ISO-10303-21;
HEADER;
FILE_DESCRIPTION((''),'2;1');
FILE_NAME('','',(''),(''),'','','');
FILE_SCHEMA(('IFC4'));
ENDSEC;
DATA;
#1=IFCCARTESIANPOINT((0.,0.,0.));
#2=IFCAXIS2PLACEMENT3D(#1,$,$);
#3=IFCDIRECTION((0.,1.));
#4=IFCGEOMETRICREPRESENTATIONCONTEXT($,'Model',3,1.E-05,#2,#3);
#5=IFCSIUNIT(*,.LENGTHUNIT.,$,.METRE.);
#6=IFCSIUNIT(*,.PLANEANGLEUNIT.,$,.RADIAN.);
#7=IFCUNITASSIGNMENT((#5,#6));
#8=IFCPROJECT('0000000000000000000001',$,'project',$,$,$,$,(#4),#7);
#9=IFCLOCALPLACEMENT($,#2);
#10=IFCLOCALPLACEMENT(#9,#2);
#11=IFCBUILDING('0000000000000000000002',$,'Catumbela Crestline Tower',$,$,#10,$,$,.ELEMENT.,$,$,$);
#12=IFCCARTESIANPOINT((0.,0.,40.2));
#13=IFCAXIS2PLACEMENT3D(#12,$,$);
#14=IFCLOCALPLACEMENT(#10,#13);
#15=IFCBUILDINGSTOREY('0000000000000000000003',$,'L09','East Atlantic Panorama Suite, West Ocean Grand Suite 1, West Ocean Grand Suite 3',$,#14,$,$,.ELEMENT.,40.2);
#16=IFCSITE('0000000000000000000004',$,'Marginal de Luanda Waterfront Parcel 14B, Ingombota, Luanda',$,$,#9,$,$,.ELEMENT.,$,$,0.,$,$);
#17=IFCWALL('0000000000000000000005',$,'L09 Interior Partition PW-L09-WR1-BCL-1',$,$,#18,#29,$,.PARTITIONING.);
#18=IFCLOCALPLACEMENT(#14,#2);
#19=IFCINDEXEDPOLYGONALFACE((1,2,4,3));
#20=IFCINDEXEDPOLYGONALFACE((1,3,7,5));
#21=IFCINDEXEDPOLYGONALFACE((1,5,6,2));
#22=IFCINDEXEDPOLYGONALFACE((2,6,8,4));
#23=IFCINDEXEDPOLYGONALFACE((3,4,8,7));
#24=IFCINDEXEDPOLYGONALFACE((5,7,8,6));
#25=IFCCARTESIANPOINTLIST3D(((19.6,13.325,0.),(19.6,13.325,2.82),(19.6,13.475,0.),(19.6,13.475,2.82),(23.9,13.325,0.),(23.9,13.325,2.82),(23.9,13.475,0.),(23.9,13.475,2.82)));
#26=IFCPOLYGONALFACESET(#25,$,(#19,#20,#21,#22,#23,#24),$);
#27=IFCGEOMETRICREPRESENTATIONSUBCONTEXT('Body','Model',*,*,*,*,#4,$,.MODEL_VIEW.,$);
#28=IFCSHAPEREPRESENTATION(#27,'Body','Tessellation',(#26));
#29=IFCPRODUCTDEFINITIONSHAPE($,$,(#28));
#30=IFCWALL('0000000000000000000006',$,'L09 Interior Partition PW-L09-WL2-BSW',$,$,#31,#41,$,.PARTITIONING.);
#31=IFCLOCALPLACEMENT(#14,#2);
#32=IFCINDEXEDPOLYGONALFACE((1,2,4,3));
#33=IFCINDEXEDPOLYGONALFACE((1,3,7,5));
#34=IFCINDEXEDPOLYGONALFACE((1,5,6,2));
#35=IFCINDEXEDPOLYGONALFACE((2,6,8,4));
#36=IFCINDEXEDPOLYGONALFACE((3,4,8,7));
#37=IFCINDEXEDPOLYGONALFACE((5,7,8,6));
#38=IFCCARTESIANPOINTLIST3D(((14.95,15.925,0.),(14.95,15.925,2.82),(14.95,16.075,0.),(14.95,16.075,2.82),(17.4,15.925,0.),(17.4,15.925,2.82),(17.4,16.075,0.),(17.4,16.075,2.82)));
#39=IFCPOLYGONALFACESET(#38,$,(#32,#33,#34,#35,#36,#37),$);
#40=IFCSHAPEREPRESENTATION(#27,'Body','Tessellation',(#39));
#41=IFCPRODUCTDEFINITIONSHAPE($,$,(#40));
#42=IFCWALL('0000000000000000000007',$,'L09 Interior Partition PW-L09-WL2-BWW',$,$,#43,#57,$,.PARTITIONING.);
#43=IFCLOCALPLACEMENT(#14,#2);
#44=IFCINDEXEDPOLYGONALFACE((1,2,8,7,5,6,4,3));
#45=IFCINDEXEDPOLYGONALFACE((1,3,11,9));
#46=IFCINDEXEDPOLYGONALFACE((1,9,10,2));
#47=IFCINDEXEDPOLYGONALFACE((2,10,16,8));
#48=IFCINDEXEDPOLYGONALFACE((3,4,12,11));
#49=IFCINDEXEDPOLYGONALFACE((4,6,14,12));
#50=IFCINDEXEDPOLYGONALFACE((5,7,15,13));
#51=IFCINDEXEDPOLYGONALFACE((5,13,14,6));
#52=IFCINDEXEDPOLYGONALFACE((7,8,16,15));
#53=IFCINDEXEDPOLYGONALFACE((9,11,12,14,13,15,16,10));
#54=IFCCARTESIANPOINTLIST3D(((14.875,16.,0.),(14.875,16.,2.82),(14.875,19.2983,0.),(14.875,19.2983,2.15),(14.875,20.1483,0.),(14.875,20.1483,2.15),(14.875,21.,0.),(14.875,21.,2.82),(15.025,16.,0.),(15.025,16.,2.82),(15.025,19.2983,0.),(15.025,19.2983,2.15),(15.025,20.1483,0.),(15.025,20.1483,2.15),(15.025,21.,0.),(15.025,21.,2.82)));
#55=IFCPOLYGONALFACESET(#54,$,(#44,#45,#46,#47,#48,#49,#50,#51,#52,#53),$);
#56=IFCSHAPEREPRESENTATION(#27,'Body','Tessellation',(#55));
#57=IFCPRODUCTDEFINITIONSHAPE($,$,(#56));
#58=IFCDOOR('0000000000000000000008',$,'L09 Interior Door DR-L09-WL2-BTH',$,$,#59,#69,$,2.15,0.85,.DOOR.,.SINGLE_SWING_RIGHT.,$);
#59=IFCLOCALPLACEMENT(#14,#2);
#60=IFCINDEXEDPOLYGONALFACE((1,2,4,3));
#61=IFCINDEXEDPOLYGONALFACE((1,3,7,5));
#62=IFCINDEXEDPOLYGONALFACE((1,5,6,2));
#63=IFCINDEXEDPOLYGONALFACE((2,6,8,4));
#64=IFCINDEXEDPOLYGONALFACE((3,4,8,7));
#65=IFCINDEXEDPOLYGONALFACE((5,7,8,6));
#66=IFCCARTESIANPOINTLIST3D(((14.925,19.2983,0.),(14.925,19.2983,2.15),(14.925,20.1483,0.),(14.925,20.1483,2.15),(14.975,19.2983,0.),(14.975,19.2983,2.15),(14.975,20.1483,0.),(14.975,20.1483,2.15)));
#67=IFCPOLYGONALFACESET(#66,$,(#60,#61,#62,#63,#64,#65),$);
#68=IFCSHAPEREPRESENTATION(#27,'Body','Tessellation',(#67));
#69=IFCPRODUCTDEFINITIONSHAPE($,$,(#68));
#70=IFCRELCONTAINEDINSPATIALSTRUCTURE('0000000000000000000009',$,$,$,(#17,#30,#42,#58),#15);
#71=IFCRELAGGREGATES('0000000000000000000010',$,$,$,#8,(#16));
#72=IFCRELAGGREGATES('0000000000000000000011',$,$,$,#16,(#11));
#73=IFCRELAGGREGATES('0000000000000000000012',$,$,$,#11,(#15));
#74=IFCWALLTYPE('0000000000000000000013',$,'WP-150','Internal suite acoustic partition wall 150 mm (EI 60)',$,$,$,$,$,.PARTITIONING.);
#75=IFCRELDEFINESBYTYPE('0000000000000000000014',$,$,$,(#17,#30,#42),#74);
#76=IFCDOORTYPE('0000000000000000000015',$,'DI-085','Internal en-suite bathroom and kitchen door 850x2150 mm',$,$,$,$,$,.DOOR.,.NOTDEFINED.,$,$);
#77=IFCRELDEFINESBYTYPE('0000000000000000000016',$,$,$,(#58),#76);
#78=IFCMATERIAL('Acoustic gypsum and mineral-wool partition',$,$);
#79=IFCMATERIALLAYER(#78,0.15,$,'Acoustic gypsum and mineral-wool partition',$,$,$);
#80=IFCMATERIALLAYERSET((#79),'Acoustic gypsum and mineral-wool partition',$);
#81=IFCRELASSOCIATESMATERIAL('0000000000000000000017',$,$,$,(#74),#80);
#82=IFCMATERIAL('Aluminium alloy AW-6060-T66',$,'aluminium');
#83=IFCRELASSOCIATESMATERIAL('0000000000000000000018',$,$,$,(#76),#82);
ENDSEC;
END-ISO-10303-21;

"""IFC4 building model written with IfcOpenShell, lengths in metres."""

from ifc_helpers import new_model, si_unit, direction, frame, frame_2d, origin, place, context, subcontext, project, spatial, rectangle, extrude, material, layer, layer_set, type_object, element, fill, save


model = new_model("IFC4")

# Units and contexts
model_context = context("Model", 3, precision=1e-05, world=origin(), true_north=direction((0.0, 1.0)))
body_context = subcontext(model_context, "Body", "Model", "MODEL_VIEW")
ifc_project = project(units=[si_unit("LENGTHUNIT", "METRE"), si_unit("PLANEANGLEUNIT", "RADIAN")], contexts=[model_context])

# Site, building, storey
site_placement = place(None, origin())
site = spatial("IfcSite", under=ifc_project, at=site_placement, Name="Marginal de Luanda Waterfront Parcel 14B, Ingombota, Luanda", CompositionType="ELEMENT", RefElevation=0.0)
building_placement = place(site_placement, origin())
building = spatial("IfcBuilding", under=site, at=building_placement, Name="Catumbela Crestline Tower", CompositionType="ELEMENT")
storey_placement = place(building_placement, frame((0.0, 0.0, 40.2)))
storey = spatial("IfcBuildingStorey", under=building, at=storey_placement, Name="L09", Description="East Atlantic Panorama Suite, West Ocean Grand Suite 1, West Ocean Grand Suite 3", CompositionType="ELEMENT", Elevation=40.2)

# Shared definitions
ifc_material_1 = material(Name="Acoustic gypsum and mineral-wool partition")
ifc_layer = layer(ifc_material_1, 0.15, Name="Acoustic gypsum and mineral-wool partition")
ifc_layer_set = layer_set([ifc_layer], Name="Acoustic gypsum and mineral-wool partition")
wall_type = type_object("IfcWallType", Name="WP-150", Description="Internal suite acoustic partition wall 150 mm (EI 60)", PredefinedType="PARTITIONING", material=ifc_layer_set)

# Shared definitions
ifc_material_2 = material(Name="Aluminium alloy AW-6060-T66", Category="aluminium")
door_type = type_object("IfcDoorType", Name="DI-085", Description="Internal en-suite bathroom and kitchen door 850x2150 mm", OperationType="NOTDEFINED", PredefinedType="DOOR", material=ifc_material_2)

# Walls
wall_1_placement = place(storey_placement, frame((19.6, 13.4, 0.0), z_axis=(0.0, 0.0, 1.0), x_axis=(1.0, 0.0, 0.0)))
element("IfcWall", 1, at=wall_1_placement, inside=storey, type_object=wall_type, Name="L09 Interior Partition PW-L09-WR1-BCL-1", PredefinedType="PARTITIONING", context=body_context, shape_type="SweptSolid", body=[
    extrude(rectangle(XDim=4.3, YDim=0.15, at=frame_2d((2.15, 0.0))), origin(), (0.0, 0.0, 1.0), 2.82),
])
wall_2_placement = place(storey_placement, frame((14.95, 16.0, 0.0), z_axis=(0.0, 0.0, 1.0), x_axis=(1.0, 0.0, 0.0)))
element("IfcWall", 2, at=wall_2_placement, inside=storey, type_object=wall_type, Name="L09 Interior Partition PW-L09-WL2-BSW", PredefinedType="PARTITIONING", context=body_context, shape_type="SweptSolid", body=[
    extrude(rectangle(XDim=2.45, YDim=0.15, at=frame_2d((1.225, 0.0))), origin(), (0.0, 0.0, 1.0), 2.82),
])

# Wall, opening, door
wall_3_placement = place(storey_placement, frame((14.95, 16.0, 0.0), z_axis=(0.0, 0.0, 1.0), x_axis=(0.0, 1.0, 0.0)))
wall_3 = element("IfcWall", 3, at=wall_3_placement, inside=storey, type_object=wall_type, Name="L09 Interior Partition PW-L09-WL2-BWW", PredefinedType="PARTITIONING", context=body_context, shape_type="SweptSolid", body=[
    extrude(rectangle(XDim=5.0, YDim=0.15, at=frame_2d((2.5, 0.0))), origin(), (0.0, 0.0, 1.0), 2.82),
])
opening_1_placement = place(wall_3_placement, frame((3.2983, 0.0, 0.0)))
opening_1 = element("IfcOpeningElement", 4, at=opening_1_placement, cuts=wall_3, PredefinedType="OPENING", context=body_context, shape_type="SweptSolid", body=[
    extrude(rectangle(XDim=0.85, YDim=2.15, at=frame_2d((0.425, 1.075))), frame((0.0, 0.085, 0.0), z_axis=(0.0, -1.0, 0.0), x_axis=(1.0, 0.0, 0.0)), (0.0, 0.0, 1.0), 0.17),
])
door_1_placement = place(opening_1_placement, origin())
door_1 = element("IfcDoor", 5, at=door_1_placement, inside=storey, type_object=door_type, Name="L09 Interior Door DR-L09-WL2-BTH", OperationType="SINGLE_SWING_RIGHT", OverallHeight=2.15, OverallWidth=0.85, PredefinedType="DOOR", context=body_context, shape_type="SweptSolid", body=[
    extrude(rectangle(XDim=0.85, YDim=2.15, at=frame_2d((0.425, 1.075))), frame((0.0, 0.025, 0.0), z_axis=(0.0, -1.0, 0.0), x_axis=(1.0, 0.0, 0.0)), (0.0, 0.0, 1.0), 0.05),
])
fill(opening_1, door_1)

save(model, "model.ifc")
